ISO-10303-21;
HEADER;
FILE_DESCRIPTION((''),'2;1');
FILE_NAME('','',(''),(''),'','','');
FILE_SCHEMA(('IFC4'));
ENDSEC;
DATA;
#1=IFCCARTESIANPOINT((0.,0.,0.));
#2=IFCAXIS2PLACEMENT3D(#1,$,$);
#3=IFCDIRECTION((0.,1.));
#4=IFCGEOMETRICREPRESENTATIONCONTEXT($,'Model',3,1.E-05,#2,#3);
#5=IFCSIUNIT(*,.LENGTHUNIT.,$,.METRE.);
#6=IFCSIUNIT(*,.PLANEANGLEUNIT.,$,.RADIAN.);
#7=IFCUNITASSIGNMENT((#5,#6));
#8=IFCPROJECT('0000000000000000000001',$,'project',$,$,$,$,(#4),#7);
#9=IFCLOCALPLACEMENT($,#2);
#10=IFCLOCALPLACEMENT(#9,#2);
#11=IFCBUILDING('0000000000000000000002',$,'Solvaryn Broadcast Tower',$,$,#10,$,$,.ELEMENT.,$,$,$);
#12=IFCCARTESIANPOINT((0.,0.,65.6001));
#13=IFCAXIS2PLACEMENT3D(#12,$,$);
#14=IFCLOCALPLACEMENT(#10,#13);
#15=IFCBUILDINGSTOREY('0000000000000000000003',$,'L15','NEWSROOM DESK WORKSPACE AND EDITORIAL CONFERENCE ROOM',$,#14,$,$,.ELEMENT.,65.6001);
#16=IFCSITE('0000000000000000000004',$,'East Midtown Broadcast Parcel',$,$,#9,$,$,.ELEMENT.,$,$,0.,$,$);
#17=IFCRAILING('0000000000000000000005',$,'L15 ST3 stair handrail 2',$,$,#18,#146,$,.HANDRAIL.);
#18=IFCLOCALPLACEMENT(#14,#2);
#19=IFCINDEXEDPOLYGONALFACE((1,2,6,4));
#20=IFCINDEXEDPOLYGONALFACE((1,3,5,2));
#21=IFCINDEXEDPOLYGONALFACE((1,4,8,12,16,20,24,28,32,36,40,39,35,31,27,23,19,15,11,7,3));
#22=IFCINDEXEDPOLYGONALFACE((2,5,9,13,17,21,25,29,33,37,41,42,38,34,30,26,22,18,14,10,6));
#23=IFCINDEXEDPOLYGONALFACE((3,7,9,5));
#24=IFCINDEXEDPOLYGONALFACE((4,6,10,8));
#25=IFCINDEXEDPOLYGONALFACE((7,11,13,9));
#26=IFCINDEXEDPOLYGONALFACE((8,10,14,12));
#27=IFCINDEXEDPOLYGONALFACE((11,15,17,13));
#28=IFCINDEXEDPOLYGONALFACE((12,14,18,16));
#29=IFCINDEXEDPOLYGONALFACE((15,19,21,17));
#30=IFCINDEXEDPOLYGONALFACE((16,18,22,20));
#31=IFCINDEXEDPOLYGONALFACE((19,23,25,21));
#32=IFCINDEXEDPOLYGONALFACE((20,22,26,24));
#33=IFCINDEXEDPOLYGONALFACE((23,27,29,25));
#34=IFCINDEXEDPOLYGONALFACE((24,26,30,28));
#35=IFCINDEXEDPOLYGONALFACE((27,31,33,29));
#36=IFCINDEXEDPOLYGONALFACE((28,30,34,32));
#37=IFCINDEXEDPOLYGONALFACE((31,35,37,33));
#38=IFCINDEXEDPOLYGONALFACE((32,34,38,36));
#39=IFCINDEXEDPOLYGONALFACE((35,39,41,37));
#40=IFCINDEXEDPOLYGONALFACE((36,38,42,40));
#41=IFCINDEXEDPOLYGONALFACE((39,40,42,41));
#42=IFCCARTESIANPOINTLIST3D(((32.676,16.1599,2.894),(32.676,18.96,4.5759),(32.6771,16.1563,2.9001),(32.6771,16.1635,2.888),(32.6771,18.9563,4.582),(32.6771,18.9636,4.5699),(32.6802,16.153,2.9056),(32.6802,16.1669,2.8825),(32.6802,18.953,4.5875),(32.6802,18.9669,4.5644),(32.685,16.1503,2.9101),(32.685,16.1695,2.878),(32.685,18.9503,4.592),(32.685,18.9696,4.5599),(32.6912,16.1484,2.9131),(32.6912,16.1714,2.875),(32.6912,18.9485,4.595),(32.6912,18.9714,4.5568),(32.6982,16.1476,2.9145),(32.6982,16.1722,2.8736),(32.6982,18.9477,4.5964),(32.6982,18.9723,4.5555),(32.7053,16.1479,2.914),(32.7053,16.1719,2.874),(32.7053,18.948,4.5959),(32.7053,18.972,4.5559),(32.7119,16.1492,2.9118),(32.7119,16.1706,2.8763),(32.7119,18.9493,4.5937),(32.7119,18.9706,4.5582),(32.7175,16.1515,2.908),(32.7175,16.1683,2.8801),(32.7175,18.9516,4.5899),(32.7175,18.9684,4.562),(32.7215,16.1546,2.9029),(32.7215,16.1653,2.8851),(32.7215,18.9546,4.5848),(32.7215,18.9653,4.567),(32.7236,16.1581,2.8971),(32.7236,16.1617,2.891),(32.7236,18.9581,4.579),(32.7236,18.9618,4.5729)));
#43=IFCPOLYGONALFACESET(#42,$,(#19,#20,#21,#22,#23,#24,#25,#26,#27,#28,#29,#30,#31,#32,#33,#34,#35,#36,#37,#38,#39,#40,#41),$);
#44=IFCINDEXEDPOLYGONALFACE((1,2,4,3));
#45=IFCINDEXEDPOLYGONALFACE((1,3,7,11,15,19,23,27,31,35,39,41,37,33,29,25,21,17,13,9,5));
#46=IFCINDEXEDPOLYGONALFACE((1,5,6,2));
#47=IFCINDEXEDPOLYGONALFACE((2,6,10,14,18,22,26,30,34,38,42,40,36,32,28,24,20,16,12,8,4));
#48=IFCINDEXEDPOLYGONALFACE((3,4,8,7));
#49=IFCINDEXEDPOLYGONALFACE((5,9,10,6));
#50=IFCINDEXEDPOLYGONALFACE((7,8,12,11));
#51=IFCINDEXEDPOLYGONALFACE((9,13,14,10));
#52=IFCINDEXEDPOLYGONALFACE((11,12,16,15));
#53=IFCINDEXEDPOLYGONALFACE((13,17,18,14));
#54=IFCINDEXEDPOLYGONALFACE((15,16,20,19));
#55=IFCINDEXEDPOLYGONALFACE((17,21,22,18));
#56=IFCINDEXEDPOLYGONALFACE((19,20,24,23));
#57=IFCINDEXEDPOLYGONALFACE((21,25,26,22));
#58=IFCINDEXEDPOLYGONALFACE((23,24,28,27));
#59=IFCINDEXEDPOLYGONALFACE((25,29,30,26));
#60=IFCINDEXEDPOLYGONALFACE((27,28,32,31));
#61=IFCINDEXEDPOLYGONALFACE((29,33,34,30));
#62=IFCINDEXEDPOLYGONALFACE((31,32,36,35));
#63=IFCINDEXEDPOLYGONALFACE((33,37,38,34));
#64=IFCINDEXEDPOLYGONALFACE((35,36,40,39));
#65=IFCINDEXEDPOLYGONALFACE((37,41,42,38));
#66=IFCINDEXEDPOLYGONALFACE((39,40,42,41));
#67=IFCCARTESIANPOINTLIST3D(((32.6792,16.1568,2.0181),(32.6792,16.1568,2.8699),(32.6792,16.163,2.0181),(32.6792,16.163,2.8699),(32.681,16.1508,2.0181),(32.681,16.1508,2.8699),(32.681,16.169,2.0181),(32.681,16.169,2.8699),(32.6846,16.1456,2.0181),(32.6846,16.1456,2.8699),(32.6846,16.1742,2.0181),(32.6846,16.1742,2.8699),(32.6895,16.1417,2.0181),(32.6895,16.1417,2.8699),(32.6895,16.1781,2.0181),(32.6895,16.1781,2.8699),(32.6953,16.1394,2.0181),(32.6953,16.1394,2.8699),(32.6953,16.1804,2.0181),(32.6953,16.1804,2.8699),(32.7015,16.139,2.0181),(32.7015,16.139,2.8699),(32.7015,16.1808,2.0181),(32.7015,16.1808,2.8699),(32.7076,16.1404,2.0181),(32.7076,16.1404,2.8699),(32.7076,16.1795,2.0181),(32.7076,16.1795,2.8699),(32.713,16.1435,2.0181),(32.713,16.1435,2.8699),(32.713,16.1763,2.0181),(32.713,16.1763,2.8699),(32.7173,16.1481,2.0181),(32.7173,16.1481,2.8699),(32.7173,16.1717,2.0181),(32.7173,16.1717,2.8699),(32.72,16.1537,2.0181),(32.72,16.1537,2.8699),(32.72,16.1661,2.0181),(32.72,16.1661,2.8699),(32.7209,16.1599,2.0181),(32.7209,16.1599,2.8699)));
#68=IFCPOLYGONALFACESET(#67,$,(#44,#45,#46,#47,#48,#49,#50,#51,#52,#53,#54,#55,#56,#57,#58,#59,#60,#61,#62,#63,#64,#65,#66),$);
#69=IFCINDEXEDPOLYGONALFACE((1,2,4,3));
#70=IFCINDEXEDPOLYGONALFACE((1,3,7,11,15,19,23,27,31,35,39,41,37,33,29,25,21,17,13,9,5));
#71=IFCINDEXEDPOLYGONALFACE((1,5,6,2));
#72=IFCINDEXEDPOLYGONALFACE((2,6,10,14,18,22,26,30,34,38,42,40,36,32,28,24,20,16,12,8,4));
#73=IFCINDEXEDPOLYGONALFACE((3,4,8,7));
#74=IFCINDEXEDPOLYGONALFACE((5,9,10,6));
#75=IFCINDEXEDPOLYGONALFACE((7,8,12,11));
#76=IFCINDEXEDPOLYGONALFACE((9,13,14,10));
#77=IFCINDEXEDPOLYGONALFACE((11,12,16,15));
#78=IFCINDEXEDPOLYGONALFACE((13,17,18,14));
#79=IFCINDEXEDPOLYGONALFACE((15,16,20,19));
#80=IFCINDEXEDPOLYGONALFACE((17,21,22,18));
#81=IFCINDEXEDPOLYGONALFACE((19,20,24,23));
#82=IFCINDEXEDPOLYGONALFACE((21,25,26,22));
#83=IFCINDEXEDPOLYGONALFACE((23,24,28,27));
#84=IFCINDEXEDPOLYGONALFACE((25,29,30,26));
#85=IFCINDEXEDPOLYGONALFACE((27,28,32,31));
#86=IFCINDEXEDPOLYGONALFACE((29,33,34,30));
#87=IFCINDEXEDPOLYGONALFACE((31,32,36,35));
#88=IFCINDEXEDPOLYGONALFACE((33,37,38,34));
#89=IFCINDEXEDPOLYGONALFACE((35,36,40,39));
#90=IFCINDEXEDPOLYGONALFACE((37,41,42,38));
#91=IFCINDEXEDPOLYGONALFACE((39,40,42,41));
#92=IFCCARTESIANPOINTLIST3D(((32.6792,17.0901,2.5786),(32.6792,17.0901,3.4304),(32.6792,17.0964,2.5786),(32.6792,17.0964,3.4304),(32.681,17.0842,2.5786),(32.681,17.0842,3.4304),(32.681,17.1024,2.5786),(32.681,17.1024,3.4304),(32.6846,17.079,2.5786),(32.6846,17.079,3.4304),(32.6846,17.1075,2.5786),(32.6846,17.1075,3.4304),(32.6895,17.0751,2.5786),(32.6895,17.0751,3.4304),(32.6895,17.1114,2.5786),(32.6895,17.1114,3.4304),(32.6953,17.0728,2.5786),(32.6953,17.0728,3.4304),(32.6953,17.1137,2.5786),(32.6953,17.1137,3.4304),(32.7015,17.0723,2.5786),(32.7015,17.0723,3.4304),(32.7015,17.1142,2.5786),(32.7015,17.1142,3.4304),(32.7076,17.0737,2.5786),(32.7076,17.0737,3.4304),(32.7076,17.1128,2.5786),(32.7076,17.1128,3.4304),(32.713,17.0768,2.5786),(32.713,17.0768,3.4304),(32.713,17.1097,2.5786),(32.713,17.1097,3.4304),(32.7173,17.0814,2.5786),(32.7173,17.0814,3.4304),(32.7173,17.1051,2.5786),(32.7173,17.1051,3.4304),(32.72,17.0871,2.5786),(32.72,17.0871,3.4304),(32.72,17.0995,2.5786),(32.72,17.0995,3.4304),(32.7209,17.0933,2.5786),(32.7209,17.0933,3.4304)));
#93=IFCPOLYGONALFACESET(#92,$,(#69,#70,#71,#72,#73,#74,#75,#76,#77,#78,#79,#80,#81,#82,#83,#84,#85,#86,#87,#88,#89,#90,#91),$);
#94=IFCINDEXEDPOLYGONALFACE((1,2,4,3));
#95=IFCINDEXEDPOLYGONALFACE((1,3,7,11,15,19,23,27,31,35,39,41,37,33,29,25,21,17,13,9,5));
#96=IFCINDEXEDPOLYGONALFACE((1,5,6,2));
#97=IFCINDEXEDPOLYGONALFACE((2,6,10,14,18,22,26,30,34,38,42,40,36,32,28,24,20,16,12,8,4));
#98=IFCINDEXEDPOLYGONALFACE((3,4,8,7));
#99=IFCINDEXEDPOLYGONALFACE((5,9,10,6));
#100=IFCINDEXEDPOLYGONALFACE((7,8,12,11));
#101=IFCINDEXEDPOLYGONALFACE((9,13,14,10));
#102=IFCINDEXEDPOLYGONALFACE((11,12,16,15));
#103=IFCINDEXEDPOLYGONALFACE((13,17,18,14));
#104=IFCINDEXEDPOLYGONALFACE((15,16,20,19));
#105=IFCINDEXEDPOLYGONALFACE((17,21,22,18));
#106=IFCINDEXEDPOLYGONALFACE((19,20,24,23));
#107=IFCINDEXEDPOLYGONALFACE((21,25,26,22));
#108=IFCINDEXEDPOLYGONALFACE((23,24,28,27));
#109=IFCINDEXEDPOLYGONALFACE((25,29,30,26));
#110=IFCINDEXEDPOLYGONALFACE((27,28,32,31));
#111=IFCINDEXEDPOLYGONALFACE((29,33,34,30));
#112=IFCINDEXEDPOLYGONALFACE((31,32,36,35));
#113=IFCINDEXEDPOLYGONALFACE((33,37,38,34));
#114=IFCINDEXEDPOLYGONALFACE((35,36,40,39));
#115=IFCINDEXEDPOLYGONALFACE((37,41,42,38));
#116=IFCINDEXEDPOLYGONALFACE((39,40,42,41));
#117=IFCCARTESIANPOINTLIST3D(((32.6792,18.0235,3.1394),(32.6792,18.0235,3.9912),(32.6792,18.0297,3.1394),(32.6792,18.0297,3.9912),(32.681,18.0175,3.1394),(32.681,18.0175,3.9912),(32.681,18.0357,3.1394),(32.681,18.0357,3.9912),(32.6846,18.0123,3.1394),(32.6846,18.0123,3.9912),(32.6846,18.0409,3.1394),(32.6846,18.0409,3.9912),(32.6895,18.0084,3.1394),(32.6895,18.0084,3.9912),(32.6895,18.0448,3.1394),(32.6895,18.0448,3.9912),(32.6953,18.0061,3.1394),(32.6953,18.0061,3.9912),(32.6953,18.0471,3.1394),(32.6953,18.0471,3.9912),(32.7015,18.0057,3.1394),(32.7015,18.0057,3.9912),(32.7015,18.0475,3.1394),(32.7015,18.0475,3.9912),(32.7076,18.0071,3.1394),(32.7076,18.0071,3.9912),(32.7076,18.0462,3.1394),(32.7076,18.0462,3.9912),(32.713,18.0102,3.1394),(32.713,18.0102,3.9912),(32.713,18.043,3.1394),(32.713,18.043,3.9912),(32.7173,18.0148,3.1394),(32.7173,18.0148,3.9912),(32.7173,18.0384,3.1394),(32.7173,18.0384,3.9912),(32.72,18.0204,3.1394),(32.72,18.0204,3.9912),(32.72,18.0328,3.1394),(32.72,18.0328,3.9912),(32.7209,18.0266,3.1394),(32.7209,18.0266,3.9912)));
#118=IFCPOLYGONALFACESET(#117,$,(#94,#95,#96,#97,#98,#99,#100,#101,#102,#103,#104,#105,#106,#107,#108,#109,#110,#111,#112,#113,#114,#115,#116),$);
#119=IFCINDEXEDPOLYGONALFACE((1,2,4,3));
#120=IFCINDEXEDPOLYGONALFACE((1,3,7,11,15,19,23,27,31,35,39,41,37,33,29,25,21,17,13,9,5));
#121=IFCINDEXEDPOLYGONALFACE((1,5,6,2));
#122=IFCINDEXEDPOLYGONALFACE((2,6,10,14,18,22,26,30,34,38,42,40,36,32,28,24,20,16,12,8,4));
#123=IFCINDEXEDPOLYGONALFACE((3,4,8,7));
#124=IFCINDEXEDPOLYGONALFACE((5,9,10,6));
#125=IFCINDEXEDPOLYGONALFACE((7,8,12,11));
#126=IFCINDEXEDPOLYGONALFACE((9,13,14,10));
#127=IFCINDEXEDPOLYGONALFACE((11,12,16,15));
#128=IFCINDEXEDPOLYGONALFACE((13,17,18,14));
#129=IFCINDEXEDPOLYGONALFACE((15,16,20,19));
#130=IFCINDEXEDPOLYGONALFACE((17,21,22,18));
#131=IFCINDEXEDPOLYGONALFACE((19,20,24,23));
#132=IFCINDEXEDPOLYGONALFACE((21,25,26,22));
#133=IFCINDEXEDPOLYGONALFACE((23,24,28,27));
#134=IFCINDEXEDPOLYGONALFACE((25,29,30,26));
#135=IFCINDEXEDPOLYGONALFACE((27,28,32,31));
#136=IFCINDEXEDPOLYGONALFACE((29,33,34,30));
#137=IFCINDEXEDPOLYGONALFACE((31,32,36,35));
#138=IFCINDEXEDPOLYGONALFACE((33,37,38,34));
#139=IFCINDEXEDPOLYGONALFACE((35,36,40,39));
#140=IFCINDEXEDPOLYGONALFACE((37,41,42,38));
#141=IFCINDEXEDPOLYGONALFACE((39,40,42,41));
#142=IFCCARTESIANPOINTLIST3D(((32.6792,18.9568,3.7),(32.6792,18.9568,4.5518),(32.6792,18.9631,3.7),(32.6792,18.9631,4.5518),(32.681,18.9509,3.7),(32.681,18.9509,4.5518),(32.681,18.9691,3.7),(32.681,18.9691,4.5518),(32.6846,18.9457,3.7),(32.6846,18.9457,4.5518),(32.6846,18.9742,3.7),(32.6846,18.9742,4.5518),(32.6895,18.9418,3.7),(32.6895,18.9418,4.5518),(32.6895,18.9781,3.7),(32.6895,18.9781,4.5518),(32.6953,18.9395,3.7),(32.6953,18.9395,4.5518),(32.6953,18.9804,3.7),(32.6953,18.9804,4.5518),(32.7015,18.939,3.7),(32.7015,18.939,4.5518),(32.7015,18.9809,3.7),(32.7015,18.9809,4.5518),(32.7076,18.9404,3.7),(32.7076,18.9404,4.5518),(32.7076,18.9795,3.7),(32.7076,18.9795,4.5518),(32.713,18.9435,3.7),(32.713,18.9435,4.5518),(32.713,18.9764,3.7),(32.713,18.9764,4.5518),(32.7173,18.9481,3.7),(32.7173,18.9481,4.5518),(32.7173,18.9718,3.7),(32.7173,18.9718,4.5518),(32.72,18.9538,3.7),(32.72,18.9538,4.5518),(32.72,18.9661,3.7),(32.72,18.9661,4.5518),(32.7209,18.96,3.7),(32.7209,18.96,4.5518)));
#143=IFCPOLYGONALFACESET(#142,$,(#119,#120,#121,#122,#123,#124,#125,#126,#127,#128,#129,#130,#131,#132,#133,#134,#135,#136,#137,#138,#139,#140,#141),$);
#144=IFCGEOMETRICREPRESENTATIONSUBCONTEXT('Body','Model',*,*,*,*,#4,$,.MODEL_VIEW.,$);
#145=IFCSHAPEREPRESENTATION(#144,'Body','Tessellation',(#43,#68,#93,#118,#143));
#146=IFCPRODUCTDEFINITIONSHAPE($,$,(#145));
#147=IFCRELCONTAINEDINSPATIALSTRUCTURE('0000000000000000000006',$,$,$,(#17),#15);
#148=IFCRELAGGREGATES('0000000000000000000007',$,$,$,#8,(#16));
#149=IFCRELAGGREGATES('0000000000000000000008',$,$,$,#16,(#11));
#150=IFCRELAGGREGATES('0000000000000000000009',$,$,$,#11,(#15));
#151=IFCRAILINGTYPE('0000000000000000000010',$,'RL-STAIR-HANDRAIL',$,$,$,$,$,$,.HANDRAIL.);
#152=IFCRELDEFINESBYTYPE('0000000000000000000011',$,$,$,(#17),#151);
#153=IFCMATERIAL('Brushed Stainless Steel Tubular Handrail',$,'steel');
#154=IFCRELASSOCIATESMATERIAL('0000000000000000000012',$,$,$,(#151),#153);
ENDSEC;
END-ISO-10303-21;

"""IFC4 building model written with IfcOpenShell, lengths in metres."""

from ifc_helpers import new_model, si_unit, direction, frame, origin, origin_2d, place, context, subcontext, project, spatial, circle, extrude, material, type_object, element, save


model = new_model("IFC4")

# Units and contexts
model_context = context("Model", 3, precision=1e-05, world=origin(), true_north=direction((0.0, 1.0)))
body_context = subcontext(model_context, "Body", "Model", "MODEL_VIEW")
ifc_project = project(units=[si_unit("LENGTHUNIT", "METRE"), si_unit("PLANEANGLEUNIT", "RADIAN")], contexts=[model_context])

# Site, building, storey
site_placement = place(None, origin())
site = spatial("IfcSite", under=ifc_project, at=site_placement, Name="East Midtown Broadcast Parcel", CompositionType="ELEMENT", RefElevation=0.0)
building_placement = place(site_placement, origin())
building = spatial("IfcBuilding", under=site, at=building_placement, Name="Solvaryn Broadcast Tower", CompositionType="ELEMENT")
storey_placement = place(building_placement, frame((0.0, 0.0, 65.6001)))
storey = spatial("IfcBuildingStorey", under=building, at=storey_placement, Name="L15", Description="NEWSROOM DESK WORKSPACE AND EDITORIAL CONFERENCE ROOM", CompositionType="ELEMENT", Elevation=65.6001)

# Railing
ifc_material_1 = material(Name="Brushed Stainless Steel Tubular Handrail", Category="steel")
railing_type_1 = type_object("IfcRailingType", Name="RL-STAIR-HANDRAIL", PredefinedType="HANDRAIL", material=ifc_material_1)
railing_1_placement = place(storey_placement, frame((32.7, 16.1599, 2.0181)))
element("IfcRailing", 1, at=railing_1_placement, inside=storey, type_object=railing_type_1, Name="L15 ST3 stair handrail 2", PredefinedType="HANDRAIL", context=body_context, shape_type="SweptSolid", body=[
    extrude(circle(Radius=0.0239, at=origin_2d()), frame((0.0, 0.0, 0.876), z_axis=(0.0, 0.857242, 0.514913), x_axis=(-1.0, 0.0, 0.0)), (0.0, 0.0, 1.0), 3.2664),
    extrude(circle(Radius=0.021, at=origin_2d()), origin(), (0.0, 0.0, 1.0), 0.8518),
    extrude(circle(Radius=0.021, at=origin_2d()), frame((0.0, 0.9333, 0.5605)), (0.0, 0.0, 1.0), 0.8518),
    extrude(circle(Radius=0.021, at=origin_2d()), frame((0.0, 1.8667, 1.1213)), (0.0, 0.0, 1.0), 0.8518),
    extrude(circle(Radius=0.021, at=origin_2d()), frame((0.0, 2.8, 1.6819)), (0.0, 0.0, 1.0), 0.8518),
])

save(model, "model.ifc")
